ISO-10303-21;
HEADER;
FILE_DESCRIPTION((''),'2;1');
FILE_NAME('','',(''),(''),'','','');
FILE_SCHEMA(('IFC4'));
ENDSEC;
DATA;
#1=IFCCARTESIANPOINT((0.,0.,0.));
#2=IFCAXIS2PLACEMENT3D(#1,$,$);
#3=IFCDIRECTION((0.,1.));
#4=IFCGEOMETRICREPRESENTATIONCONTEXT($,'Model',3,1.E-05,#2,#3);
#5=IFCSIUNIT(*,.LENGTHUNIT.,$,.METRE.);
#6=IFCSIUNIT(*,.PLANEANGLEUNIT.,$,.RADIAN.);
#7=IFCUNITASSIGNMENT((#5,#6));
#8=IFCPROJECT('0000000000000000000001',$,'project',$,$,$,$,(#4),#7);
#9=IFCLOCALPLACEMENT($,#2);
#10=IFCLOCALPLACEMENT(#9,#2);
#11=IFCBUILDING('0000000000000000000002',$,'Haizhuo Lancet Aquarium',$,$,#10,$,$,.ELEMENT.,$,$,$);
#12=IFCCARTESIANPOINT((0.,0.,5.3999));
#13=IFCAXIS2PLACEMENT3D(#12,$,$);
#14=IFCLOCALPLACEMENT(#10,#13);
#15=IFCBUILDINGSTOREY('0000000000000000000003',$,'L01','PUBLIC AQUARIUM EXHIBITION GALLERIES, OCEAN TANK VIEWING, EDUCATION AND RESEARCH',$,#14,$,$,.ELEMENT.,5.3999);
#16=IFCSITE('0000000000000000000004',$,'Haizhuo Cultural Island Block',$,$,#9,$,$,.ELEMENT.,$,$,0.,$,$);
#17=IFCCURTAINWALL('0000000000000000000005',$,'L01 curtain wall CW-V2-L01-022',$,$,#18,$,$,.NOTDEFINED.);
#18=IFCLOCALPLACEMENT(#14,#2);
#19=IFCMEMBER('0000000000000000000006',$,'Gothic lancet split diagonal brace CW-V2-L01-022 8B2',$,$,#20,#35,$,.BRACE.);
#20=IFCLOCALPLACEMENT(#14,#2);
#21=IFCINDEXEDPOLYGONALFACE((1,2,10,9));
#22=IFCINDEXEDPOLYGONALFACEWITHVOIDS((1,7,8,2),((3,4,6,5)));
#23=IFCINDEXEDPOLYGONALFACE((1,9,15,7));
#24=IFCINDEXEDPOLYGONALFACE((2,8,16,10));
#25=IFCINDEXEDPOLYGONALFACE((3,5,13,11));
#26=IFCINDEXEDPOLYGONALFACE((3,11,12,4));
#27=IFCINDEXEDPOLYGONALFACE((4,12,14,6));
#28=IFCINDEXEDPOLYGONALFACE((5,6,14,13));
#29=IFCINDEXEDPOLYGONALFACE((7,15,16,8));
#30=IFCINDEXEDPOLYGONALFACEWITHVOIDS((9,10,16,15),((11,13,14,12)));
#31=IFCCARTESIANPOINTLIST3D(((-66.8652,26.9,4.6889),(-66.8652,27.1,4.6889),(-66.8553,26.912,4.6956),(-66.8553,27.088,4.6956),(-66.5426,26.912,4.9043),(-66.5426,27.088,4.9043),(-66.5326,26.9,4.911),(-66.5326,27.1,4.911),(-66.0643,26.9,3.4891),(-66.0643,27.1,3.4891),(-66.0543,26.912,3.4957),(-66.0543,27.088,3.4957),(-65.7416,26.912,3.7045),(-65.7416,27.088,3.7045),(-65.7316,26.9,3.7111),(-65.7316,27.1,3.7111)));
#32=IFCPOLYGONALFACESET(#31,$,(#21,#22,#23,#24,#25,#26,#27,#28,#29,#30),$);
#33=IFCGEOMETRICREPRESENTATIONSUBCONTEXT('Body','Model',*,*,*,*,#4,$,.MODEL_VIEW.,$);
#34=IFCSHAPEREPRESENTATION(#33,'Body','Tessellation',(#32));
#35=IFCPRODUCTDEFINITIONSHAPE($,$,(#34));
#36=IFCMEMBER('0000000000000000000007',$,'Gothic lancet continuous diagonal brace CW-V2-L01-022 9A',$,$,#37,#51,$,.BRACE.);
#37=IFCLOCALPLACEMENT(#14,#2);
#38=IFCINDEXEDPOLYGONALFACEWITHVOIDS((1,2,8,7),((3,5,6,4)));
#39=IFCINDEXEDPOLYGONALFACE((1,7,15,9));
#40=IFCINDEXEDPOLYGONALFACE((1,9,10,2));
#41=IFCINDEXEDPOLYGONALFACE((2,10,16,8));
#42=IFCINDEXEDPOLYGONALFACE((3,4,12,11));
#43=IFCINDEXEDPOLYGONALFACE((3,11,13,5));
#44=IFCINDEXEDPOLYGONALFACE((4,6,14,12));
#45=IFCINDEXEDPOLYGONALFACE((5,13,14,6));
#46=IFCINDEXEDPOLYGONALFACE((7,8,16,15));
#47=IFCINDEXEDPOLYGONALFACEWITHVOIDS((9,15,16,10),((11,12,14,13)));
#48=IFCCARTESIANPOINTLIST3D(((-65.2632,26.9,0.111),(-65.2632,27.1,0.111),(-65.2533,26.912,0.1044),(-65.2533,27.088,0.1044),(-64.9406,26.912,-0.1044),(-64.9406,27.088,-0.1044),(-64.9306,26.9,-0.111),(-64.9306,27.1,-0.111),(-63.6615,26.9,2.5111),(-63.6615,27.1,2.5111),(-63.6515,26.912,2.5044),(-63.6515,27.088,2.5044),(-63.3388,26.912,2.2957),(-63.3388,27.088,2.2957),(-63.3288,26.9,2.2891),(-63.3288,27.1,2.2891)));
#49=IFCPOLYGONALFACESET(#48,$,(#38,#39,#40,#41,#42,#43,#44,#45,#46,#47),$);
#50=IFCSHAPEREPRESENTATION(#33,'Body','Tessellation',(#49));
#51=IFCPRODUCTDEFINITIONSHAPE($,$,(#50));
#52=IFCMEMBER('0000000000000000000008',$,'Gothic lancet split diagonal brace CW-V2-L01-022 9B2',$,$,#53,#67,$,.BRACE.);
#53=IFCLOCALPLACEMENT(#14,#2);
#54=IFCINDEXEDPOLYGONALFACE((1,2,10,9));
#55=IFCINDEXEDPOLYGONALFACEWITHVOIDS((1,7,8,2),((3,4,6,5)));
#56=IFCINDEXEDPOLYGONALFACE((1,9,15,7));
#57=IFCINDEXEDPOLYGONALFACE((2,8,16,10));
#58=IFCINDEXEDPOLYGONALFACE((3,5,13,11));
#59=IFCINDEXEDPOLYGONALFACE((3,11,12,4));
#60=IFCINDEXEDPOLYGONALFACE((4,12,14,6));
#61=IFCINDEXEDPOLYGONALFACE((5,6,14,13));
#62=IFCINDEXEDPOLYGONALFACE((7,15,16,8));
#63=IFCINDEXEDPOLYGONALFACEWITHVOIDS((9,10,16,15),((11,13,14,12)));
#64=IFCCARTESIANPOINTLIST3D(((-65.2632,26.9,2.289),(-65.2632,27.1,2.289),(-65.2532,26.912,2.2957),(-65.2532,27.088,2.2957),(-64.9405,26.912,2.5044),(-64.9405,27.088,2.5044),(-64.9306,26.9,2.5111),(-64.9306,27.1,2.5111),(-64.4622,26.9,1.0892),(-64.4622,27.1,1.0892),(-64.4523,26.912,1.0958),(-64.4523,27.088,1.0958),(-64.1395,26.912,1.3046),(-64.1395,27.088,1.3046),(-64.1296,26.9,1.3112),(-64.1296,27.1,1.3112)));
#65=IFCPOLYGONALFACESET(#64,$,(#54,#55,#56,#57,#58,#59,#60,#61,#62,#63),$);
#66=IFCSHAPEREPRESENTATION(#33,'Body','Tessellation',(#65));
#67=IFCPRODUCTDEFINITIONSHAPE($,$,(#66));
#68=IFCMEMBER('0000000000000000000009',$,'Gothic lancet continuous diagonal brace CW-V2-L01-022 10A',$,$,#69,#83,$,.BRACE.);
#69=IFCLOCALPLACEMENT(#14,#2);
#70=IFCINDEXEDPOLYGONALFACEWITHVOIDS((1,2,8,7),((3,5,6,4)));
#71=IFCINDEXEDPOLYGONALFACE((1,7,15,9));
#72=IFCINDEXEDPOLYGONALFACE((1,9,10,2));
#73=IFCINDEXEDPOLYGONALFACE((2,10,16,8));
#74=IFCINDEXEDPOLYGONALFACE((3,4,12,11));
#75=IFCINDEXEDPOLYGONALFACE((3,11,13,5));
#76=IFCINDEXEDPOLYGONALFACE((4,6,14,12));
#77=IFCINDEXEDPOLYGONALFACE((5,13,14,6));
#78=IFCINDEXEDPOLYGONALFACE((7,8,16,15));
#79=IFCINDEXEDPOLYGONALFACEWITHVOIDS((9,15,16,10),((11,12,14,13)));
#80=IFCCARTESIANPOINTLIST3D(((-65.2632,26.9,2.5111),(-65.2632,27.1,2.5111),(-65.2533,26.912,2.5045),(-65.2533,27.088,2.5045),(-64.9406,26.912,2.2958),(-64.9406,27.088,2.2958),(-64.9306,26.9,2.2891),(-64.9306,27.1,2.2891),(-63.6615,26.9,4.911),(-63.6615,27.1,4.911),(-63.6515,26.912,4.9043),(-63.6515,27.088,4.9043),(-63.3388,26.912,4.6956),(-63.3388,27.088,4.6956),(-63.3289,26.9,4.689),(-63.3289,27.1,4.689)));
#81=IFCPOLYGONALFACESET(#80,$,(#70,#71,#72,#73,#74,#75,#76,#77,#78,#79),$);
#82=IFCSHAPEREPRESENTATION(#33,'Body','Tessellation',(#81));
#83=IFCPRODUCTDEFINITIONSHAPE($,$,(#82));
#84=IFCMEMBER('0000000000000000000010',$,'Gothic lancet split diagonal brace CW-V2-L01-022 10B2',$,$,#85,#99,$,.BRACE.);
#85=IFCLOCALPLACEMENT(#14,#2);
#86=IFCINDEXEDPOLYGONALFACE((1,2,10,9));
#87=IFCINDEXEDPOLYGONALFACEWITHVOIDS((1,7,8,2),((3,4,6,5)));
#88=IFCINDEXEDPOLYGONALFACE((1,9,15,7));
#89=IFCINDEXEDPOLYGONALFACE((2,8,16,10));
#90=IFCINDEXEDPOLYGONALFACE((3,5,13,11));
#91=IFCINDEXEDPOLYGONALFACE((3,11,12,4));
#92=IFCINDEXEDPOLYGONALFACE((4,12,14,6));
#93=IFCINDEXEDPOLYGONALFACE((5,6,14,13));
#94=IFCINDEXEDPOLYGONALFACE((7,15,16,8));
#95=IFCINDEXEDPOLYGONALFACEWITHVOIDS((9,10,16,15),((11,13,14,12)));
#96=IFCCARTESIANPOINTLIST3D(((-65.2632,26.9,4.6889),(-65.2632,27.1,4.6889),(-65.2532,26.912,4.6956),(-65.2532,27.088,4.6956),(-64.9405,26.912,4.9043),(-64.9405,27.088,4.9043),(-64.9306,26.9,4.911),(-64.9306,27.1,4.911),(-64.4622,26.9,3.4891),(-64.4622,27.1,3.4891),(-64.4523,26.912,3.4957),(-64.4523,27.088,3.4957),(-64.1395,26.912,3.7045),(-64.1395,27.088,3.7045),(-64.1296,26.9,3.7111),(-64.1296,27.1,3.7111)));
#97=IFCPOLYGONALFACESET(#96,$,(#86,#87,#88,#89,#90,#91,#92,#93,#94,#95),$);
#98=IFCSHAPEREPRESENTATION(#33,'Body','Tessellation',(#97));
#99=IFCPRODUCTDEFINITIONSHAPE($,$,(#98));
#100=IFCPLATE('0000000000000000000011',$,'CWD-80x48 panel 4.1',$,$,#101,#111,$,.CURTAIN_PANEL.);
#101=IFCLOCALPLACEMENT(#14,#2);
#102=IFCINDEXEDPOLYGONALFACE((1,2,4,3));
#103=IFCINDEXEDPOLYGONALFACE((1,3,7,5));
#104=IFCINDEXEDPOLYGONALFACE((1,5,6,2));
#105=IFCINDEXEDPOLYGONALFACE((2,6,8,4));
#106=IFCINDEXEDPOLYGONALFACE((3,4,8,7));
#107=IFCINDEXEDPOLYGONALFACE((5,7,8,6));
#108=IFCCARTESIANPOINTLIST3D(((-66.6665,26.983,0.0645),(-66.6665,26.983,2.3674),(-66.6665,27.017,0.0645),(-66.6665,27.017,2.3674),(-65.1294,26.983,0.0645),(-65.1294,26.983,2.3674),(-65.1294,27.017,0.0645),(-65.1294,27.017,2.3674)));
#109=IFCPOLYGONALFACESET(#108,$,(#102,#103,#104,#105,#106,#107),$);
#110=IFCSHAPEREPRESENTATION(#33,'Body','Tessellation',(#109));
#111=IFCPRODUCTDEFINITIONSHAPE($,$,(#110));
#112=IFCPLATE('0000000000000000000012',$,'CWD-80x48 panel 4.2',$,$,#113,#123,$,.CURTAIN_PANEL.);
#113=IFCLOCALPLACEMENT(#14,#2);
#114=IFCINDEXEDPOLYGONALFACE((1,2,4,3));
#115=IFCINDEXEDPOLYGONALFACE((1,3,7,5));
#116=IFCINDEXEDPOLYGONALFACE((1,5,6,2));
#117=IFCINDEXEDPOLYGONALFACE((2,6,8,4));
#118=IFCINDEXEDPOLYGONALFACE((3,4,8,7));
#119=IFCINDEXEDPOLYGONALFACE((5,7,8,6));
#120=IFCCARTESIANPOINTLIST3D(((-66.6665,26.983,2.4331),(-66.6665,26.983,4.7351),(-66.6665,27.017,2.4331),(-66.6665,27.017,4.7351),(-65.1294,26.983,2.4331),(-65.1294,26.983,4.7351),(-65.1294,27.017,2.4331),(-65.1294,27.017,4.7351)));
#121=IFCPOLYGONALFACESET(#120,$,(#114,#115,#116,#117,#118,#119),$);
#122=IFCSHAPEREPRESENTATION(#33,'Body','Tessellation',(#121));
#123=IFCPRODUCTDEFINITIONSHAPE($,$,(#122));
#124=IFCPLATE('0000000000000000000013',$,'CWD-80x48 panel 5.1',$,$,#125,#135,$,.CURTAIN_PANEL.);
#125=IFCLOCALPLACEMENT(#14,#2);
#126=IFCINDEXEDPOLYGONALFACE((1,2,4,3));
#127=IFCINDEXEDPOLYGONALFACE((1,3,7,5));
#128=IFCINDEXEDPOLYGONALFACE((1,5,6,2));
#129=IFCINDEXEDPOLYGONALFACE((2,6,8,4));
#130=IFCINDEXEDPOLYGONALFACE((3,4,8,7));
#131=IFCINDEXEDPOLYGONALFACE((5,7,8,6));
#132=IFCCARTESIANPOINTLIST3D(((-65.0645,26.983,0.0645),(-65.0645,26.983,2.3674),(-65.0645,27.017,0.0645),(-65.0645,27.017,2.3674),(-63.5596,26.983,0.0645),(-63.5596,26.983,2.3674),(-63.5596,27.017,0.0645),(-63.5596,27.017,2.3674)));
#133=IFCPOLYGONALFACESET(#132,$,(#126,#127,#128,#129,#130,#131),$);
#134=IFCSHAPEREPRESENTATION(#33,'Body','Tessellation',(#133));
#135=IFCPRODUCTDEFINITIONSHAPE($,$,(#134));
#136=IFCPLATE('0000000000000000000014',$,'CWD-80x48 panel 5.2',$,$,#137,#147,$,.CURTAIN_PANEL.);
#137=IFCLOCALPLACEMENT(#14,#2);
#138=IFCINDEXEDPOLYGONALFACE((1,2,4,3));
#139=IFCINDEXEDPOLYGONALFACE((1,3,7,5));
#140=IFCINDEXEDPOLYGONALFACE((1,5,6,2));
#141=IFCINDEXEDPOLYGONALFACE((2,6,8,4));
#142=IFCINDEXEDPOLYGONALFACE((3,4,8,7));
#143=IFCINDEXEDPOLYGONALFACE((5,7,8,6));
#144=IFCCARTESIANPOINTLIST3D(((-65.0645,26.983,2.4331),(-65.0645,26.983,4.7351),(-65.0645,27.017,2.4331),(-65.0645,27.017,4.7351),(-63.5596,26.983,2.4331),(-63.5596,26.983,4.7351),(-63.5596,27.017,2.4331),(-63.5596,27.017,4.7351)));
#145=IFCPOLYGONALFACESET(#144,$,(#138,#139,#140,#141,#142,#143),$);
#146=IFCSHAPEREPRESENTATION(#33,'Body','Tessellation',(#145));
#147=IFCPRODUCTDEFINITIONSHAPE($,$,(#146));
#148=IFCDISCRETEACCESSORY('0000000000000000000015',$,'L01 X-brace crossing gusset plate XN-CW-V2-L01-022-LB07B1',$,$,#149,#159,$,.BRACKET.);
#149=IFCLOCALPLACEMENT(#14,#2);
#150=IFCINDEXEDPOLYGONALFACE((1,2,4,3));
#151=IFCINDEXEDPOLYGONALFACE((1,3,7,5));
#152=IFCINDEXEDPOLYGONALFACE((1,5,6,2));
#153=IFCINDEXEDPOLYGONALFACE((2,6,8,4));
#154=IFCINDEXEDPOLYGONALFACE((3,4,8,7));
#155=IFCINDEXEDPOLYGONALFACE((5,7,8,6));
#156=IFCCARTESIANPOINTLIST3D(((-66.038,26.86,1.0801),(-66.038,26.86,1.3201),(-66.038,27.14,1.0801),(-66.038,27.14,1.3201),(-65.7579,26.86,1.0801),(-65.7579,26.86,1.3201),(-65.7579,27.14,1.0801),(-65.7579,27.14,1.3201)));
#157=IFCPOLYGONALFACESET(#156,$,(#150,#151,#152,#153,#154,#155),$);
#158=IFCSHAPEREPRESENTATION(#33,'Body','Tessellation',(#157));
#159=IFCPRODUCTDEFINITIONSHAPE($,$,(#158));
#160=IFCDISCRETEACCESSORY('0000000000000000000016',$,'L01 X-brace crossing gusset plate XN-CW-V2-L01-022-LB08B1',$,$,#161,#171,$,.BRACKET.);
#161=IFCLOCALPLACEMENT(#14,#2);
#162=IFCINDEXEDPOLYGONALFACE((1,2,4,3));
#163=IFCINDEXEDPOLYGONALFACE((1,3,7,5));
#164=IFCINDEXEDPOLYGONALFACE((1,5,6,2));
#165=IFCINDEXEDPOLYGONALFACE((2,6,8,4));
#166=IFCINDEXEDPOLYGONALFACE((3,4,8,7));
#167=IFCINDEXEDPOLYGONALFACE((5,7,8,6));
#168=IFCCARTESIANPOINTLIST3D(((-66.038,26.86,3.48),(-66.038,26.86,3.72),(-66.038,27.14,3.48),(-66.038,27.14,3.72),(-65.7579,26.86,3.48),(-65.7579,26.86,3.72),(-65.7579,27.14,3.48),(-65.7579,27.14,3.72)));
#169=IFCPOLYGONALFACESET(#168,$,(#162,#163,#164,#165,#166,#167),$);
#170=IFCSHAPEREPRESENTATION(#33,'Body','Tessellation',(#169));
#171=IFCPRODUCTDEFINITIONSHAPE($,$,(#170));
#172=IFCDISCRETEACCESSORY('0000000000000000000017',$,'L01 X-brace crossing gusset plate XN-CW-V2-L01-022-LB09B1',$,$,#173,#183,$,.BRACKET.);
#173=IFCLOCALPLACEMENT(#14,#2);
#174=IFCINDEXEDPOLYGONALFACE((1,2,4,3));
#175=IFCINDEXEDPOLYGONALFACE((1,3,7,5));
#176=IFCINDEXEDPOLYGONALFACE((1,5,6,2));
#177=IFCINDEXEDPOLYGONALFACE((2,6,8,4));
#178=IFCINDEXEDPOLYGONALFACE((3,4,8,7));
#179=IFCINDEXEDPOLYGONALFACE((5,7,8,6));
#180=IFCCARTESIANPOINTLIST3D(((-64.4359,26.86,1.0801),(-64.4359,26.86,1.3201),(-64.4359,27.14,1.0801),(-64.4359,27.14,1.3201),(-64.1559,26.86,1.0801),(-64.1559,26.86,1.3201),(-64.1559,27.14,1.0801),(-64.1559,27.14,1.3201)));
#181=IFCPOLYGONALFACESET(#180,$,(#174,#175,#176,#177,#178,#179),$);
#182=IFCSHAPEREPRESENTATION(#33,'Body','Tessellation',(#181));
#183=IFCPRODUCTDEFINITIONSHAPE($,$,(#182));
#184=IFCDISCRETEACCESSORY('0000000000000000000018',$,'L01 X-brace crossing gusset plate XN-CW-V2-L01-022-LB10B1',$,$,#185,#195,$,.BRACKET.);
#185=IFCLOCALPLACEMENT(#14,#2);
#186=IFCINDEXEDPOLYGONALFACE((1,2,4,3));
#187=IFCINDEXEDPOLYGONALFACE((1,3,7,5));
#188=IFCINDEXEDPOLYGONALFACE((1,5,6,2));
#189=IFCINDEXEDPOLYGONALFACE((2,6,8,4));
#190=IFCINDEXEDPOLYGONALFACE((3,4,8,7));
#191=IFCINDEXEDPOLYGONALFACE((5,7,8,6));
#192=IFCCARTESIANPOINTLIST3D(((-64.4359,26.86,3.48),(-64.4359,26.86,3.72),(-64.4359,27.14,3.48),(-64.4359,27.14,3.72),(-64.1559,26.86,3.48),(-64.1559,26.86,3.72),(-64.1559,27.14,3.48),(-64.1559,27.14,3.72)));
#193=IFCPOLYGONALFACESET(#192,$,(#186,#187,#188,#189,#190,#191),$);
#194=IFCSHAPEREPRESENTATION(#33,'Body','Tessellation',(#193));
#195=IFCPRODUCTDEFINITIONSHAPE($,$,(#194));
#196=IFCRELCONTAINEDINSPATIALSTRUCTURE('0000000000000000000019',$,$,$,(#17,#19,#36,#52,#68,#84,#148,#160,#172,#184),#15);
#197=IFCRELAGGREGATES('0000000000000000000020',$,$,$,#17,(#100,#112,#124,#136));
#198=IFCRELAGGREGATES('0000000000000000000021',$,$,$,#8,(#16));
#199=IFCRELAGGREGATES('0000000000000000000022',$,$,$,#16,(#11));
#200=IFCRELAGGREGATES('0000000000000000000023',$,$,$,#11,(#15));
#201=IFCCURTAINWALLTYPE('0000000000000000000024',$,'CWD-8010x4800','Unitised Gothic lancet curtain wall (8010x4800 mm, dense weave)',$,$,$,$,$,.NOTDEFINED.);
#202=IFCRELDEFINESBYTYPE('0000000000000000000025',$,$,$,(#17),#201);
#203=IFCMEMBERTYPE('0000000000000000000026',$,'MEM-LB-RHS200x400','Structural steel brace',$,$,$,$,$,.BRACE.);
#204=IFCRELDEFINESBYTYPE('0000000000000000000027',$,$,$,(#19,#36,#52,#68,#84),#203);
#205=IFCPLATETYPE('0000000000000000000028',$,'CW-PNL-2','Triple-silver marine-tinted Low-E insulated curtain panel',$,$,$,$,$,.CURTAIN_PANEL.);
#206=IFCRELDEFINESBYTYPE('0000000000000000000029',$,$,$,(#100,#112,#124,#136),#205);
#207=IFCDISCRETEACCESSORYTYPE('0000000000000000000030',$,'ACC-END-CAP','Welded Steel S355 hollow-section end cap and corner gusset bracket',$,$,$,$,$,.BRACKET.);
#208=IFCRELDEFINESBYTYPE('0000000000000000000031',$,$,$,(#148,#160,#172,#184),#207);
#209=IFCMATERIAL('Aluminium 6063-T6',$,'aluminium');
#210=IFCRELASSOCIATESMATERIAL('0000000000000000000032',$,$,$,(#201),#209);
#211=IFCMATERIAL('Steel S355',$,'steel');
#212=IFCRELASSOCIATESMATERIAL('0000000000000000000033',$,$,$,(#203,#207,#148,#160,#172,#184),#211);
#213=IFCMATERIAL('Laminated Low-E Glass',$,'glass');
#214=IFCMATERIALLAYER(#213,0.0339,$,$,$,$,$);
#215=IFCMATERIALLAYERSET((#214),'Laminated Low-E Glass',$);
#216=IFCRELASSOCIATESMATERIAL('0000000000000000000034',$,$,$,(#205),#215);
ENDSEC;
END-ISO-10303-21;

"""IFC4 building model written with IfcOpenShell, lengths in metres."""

from ifc_helpers import new_model, si_unit, direction, frame, origin, origin_2d, place, context, subcontext, project, spatial, rectangle, hollow_rectangle, extrude, material, layer, layer_set, material_profile, profile_set, type_object, element, aggregate, save


model = new_model("IFC4")

# Units and contexts
model_context = context("Model", 3, precision=1e-05, world=origin(), true_north=direction((0.0, 1.0)))
body_context = subcontext(model_context, "Body", "Model", "MODEL_VIEW")
ifc_project = project(units=[si_unit("LENGTHUNIT", "METRE"), si_unit("PLANEANGLEUNIT", "RADIAN")], contexts=[model_context])

# Site, building, storey
site_placement = place(None, origin())
site = spatial("IfcSite", under=ifc_project, at=site_placement, Name="Haizhuo Cultural Island Block", CompositionType="ELEMENT", RefElevation=0.0)
building_placement = place(site_placement, origin())
building = spatial("IfcBuilding", under=site, at=building_placement, Name="Haizhuo Lancet Aquarium", CompositionType="ELEMENT")
storey_placement = place(building_placement, frame((0.0, 0.0, 5.3999)))
storey = spatial("IfcBuildingStorey", under=building, at=storey_placement, Name="L01", Description="PUBLIC AQUARIUM EXHIBITION GALLERIES, OCEAN TANK VIEWING, EDUCATION AND RESEARCH", CompositionType="ELEMENT", Elevation=5.3999)

# Curtain wall
ifc_material_1 = material(Name="Aluminium 6063-T6", Category="aluminium")
curtain_wall_type = type_object("IfcCurtainWallType", Name="CWD-8010x4800", Description="Unitised Gothic lancet curtain wall (8010x4800 mm, dense weave)", PredefinedType="NOTDEFINED", material=ifc_material_1)
curtain_wall_placement = place(storey_placement, origin())
curtain_wall = element("IfcCurtainWall", 1, at=curtain_wall_placement, inside=storey, type_object=curtain_wall_type, Name="L01 curtain wall CW-V2-L01-022", PredefinedType="NOTDEFINED")

# Members
ifc_material_2 = material(Name="Steel S355", Category="steel")
ifc_material_profile_1 = material_profile(ifc_material_2, hollow_rectangle(XDim=0.2, YDim=0.3999, WallThickness=0.012, at=origin_2d()), Name="RHS 200x400x12")
ifc_profile_set_1 = profile_set([ifc_material_profile_1], Name="Steel S355")
member_type_1 = type_object("IfcMemberType", Name="MEM-LB-RHS200x400", Description="Structural steel brace", PredefinedType="BRACE", material=ifc_profile_set_1)
for number, where, z_axis, x_axis, name in (
    (2, (-65.8979, 27.0, 3.6001), (-0.555208, 0.0, 0.831712), (0.0, -1.0, 0.0), "Gothic lancet split diagonal brace CW-V2-L01-022 8B2"),
):
    element("IfcMember", number, at=place(storey_placement, frame(where, z_axis=z_axis, x_axis=x_axis)), inside=storey, type_object=member_type_1, Name=name, PredefinedType="BRACE", context=body_context, shape_type="SweptSolid", body=[
        extrude(hollow_rectangle(XDim=0.2, YDim=0.3999, WallThickness=0.012, at=origin_2d()), origin(), (0.0, 0.0, 1.0), 1.4426),
    ])
member_1_placement = place(storey_placement, frame((-65.0969, 27.0, 0.0), z_axis=(0.55511, 0.0, 0.831777), x_axis=(0.0, 1.0, 0.0)))
element("IfcMember", 3, at=member_1_placement, inside=storey, type_object=member_type_1, Name="Gothic lancet continuous diagonal brace CW-V2-L01-022 9A", PredefinedType="BRACE", context=body_context, shape_type="SweptSolid", body=[
    extrude(hollow_rectangle(XDim=0.2, YDim=0.3999, WallThickness=0.012, at=origin_2d()), origin(), (0.0, 0.0, 1.0), 2.8855),
])
member_2_placement = place(storey_placement, frame((-64.2959, 27.0, 1.2002), z_axis=(-0.555208, 0.0, 0.831712), x_axis=(0.0, -1.0, 0.0)))
element("IfcMember", 4, at=member_2_placement, inside=storey, type_object=member_type_1, Name="Gothic lancet split diagonal brace CW-V2-L01-022 9B2", PredefinedType="BRACE", context=body_context, shape_type="SweptSolid", body=[
    extrude(hollow_rectangle(XDim=0.2, YDim=0.3999, WallThickness=0.012, at=origin_2d()), origin(), (0.0, 0.0, 1.0), 1.4426),
])
member_3_placement = place(storey_placement, frame((-65.0969, 27.0, 2.4001), z_axis=(0.555149, 0.0, 0.831751), x_axis=(0.0, 1.0, 0.0)))
element("IfcMember", 5, at=member_3_placement, inside=storey, type_object=member_type_1, Name="Gothic lancet continuous diagonal brace CW-V2-L01-022 10A", PredefinedType="BRACE", context=body_context, shape_type="SweptSolid", body=[
    extrude(hollow_rectangle(XDim=0.2, YDim=0.3999, WallThickness=0.012, at=origin_2d()), origin(), (0.0, 0.0, 1.0), 2.8853),
])
member_4_placement = place(storey_placement, frame((-64.2959, 27.0, 3.6001), z_axis=(-0.555208, 0.0, 0.831712), x_axis=(0.0, -1.0, 0.0)))
element("IfcMember", 6, at=member_4_placement, inside=storey, type_object=member_type_1, Name="Gothic lancet split diagonal brace CW-V2-L01-022 10B2", PredefinedType="BRACE", context=body_context, shape_type="SweptSolid", body=[
    extrude(hollow_rectangle(XDim=0.2, YDim=0.3999, WallThickness=0.012, at=origin_2d()), origin(), (0.0, 0.0, 1.0), 1.4426),
])

# Plates
ifc_material_3 = material(Name="Laminated Low-E Glass", Category="glass")
ifc_layer = layer(ifc_material_3, 0.0339)
ifc_layer_set = layer_set([ifc_layer], Name="Laminated Low-E Glass")
plate_type = type_object("IfcPlateType", Name="CW-PNL-2", Description="Triple-silver marine-tinted Low-E insulated curtain panel", PredefinedType="CURTAIN_PANEL", material=ifc_layer_set)
plate_1_placement = place(storey_placement, frame((-65.8979, 27.0, 0.0645), z_axis=(0.0, 0.0, 1.0), x_axis=(1.0, 0.0, 0.0)))
plate_1 = element("IfcPlate", 7, at=plate_1_placement, type_object=plate_type, Name="CWD-80x48 panel 4.1", PredefinedType="CURTAIN_PANEL", context=body_context, shape_type="SweptSolid", body=[
    extrude(rectangle(XDim=1.5371, YDim=0.0339, at=origin_2d()), origin(), (0.0, 0.0, 1.0), 2.303),
])
plate_2_placement = place(storey_placement, frame((-65.8979, 27.0, 2.4331), z_axis=(0.0, 0.0, 1.0), x_axis=(1.0, 0.0, 0.0)))
plate_2 = element("IfcPlate", 8, at=plate_2_placement, type_object=plate_type, Name="CWD-80x48 panel 4.2", PredefinedType="CURTAIN_PANEL", context=body_context, shape_type="SweptSolid", body=[
    extrude(rectangle(XDim=1.5371, YDim=0.0339, at=origin_2d()), origin(), (0.0, 0.0, 1.0), 2.302),
])
plate_3_placement = place(storey_placement, frame((-64.312, 27.0, 0.0645), z_axis=(0.0, 0.0, 1.0), x_axis=(1.0, 0.0, 0.0)))
plate_3 = element("IfcPlate", 9, at=plate_3_placement, type_object=plate_type, Name="CWD-80x48 panel 5.1", PredefinedType="CURTAIN_PANEL", context=body_context, shape_type="SweptSolid", body=[
    extrude(rectangle(XDim=1.5049, YDim=0.0339, at=origin_2d()), origin(), (0.0, 0.0, 1.0), 2.303),
])
plate_4_placement = place(storey_placement, frame((-64.312, 27.0, 2.4331), z_axis=(0.0, 0.0, 1.0), x_axis=(1.0, 0.0, 0.0)))
plate_4 = element("IfcPlate", 10, at=plate_4_placement, type_object=plate_type, Name="CWD-80x48 panel 5.2", PredefinedType="CURTAIN_PANEL", context=body_context, shape_type="SweptSolid", body=[
    extrude(rectangle(XDim=1.5049, YDim=0.0339, at=origin_2d()), origin(), (0.0, 0.0, 1.0), 2.302),
])
aggregate(curtain_wall, [plate_1, plate_2, plate_3, plate_4])

# Discrete accessories
discrete_accessory_type = type_object("IfcDiscreteAccessoryType", Name="ACC-END-CAP", Description="Welded Steel S355 hollow-section end cap and corner gusset bracket", PredefinedType="BRACKET", material=ifc_material_2)
for number, where, z_axis, x_axis, name in (
    (11, (-65.8979, 27.0, 1.0801), (0.0, 0.0, 1.0), (1.0, 0.0, 0.0), "L01 X-brace crossing gusset plate XN-CW-V2-L01-022-LB07B1"),
    (12, (-65.8979, 27.0, 3.48), (0.0, 0.0, 1.0), (1.0, 0.0, 0.0), "L01 X-brace crossing gusset plate XN-CW-V2-L01-022-LB08B1"),
    (13, (-64.2959, 27.0, 1.0801), (0.0, 0.0, 1.0), (1.0, 0.0, 0.0), "L01 X-brace crossing gusset plate XN-CW-V2-L01-022-LB09B1"),
    (14, (-64.2959, 27.0, 3.48), (0.0, 0.0, 1.0), (1.0, 0.0, 0.0), "L01 X-brace crossing gusset plate XN-CW-V2-L01-022-LB10B1"),
):
    element("IfcDiscreteAccessory", number, at=place(storey_placement, frame(where, z_axis=z_axis, x_axis=x_axis)), inside=storey, type_object=discrete_accessory_type, material=ifc_material_2, Name=name, PredefinedType="BRACKET", context=body_context, shape_type="SweptSolid", body=[
        extrude(rectangle(XDim=0.28, YDim=0.28, at=origin_2d()), origin(), (0.0, 0.0, 1.0), 0.24),
    ])

save(model, "model.ifc")
